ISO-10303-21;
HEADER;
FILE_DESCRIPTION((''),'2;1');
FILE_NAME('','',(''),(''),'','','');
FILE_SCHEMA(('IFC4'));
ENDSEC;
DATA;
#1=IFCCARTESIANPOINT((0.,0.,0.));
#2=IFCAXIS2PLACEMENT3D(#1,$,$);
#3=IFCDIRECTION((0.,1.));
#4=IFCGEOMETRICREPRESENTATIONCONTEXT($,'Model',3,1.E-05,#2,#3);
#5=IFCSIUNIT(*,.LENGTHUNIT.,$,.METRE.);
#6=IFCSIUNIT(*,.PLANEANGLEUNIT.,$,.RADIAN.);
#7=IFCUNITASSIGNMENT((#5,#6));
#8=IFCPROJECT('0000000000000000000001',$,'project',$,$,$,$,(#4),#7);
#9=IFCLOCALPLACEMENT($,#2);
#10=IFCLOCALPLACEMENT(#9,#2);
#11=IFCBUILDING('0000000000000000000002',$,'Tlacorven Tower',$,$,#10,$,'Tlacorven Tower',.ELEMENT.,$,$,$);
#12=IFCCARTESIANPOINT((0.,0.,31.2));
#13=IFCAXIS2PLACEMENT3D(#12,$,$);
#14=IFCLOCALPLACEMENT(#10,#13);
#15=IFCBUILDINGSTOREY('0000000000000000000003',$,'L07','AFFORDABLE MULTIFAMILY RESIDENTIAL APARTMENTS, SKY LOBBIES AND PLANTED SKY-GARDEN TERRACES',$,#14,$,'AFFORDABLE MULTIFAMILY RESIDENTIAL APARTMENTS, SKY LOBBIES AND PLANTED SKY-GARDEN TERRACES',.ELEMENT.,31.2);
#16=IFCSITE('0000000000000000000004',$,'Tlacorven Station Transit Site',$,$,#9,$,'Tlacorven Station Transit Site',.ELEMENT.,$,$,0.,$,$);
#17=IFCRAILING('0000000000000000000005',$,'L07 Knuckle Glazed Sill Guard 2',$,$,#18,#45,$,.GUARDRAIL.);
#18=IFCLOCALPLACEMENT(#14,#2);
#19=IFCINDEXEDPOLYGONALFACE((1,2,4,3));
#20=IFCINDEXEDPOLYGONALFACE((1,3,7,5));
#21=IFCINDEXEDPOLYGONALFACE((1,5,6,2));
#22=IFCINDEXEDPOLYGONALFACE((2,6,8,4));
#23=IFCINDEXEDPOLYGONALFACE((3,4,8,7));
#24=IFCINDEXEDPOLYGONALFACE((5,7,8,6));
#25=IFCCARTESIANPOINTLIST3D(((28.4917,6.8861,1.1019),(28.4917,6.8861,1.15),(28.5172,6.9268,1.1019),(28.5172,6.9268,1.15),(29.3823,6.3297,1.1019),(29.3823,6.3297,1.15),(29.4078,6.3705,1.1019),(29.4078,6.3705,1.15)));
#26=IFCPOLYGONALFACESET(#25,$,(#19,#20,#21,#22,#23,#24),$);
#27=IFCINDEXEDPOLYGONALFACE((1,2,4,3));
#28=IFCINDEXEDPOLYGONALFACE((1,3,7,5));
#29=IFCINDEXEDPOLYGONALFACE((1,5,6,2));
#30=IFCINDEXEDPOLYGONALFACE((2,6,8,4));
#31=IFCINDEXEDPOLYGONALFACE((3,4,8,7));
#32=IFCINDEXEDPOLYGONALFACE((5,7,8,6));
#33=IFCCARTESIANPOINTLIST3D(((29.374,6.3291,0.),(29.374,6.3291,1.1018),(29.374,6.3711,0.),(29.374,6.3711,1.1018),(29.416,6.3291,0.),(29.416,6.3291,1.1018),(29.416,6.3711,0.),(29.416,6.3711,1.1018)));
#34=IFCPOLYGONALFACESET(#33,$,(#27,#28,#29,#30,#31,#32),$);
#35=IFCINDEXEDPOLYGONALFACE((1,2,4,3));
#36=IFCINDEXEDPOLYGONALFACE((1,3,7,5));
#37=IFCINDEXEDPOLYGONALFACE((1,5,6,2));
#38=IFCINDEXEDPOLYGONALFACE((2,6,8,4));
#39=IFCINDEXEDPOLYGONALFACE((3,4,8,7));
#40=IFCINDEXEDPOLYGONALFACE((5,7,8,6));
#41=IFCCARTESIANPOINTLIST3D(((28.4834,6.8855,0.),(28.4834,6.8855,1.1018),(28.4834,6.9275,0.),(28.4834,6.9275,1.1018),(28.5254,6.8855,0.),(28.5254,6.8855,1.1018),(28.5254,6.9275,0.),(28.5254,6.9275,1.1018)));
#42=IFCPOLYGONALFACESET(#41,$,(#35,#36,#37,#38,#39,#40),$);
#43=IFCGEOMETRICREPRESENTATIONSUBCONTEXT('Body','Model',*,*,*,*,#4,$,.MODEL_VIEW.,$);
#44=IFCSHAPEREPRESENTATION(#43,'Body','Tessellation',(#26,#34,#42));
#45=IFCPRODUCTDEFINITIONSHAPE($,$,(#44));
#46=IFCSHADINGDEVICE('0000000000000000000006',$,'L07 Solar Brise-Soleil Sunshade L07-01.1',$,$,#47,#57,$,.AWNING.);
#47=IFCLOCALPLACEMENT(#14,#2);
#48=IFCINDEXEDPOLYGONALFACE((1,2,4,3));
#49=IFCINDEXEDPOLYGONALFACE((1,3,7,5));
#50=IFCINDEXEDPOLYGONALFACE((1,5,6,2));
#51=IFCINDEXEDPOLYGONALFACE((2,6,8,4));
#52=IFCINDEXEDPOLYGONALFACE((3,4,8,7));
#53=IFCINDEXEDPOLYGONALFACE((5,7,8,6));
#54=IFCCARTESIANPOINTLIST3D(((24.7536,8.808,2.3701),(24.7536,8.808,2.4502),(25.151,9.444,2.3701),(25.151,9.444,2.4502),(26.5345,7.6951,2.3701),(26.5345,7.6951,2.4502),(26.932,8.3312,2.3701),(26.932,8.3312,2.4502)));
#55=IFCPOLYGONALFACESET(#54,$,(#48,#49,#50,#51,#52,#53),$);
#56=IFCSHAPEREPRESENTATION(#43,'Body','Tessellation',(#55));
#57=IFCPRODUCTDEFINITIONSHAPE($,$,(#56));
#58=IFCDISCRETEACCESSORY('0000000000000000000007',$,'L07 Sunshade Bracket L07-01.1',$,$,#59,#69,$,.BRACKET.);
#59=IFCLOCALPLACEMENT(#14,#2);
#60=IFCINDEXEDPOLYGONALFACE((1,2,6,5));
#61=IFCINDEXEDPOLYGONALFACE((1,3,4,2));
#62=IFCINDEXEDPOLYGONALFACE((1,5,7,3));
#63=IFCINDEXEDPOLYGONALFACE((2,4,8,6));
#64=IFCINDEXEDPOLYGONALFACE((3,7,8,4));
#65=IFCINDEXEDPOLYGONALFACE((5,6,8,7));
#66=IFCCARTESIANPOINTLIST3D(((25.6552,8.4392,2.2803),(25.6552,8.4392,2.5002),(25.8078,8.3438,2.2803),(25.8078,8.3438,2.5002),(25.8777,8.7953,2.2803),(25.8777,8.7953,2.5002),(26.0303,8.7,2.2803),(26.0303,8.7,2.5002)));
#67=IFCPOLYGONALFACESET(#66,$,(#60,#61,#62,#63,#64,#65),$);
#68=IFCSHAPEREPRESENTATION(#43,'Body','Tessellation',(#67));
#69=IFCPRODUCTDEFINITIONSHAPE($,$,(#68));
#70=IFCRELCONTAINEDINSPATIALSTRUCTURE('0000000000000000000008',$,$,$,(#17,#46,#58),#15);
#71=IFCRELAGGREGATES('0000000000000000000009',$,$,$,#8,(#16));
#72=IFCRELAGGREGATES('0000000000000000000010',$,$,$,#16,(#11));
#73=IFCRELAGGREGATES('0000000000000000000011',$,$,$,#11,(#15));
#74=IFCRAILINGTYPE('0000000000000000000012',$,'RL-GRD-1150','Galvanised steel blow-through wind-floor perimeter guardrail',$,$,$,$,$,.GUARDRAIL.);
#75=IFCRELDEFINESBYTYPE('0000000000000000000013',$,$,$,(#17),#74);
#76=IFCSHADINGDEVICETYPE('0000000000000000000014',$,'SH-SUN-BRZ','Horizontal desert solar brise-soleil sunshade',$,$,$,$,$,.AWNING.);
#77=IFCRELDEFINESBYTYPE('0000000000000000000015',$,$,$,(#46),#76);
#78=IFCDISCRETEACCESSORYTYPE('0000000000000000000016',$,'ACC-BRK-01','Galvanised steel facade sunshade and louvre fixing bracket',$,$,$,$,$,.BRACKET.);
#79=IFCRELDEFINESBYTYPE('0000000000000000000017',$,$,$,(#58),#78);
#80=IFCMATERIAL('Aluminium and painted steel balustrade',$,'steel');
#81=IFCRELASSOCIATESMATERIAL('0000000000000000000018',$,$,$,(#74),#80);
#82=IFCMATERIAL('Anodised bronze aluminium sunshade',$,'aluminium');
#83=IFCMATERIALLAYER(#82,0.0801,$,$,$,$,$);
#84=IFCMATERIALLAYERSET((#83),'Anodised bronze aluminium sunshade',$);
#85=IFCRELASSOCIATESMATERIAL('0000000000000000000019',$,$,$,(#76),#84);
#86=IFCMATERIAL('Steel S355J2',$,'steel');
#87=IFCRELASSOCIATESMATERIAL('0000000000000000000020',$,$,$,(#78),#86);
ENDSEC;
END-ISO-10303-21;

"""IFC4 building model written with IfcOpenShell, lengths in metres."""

from ifc_helpers import new_model, si_unit, direction, frame, origin, origin_2d, place, context, subcontext, project, spatial, rectangle, extrude, source, transform, mapped, material, layer, layer_set, type_object, element, save


model = new_model("IFC4")

# Units and contexts
model_context = context("Model", 3, precision=1e-05, world=origin(), true_north=direction((0.0, 1.0)))
body_context = subcontext(model_context, "Body", "Model", "MODEL_VIEW")
ifc_project = project(units=[si_unit("LENGTHUNIT", "METRE"), si_unit("PLANEANGLEUNIT", "RADIAN")], contexts=[model_context])

# Site, building, storey
site_placement = place(None, origin())
site = spatial("IfcSite", under=ifc_project, at=site_placement, Name="Tlacorven Station Transit Site", LongName="Tlacorven Station Transit Site", CompositionType="ELEMENT", RefElevation=0.0)
building_placement = place(site_placement, origin())
building = spatial("IfcBuilding", under=site, at=building_placement, Name="Tlacorven Tower", LongName="Tlacorven Tower", CompositionType="ELEMENT")
storey_placement = place(building_placement, frame((0.0, 0.0, 31.2)))
storey = spatial("IfcBuildingStorey", under=building, at=storey_placement, Name="L07", Description="AFFORDABLE MULTIFAMILY RESIDENTIAL APARTMENTS, SKY LOBBIES AND PLANTED SKY-GARDEN TERRACES", LongName="AFFORDABLE MULTIFAMILY RESIDENTIAL APARTMENTS, SKY LOBBIES AND PLANTED SKY-GARDEN TERRACES", CompositionType="ELEMENT", Elevation=31.2)

# Shared definitions
ifc_material_1 = material(Name="Steel S355J2", Category="steel")

# Railing
ifc_material_2 = material(Name="Aluminium and painted steel balustrade", Category="steel")
railing_type = type_object("IfcRailingType", Name="RL-GRD-1150", Description="Galvanised steel blow-through wind-floor perimeter guardrail", PredefinedType="GUARDRAIL", material=ifc_material_2)
shared_shape_1 = source(origin(), body_context, "Body", "SweptSolid", [
    extrude(rectangle(XDim=0.0481, YDim=0.0481, at=origin_2d()), frame((0.0, 0.0, 1.126), z_axis=(-0.848103, 0.529832, 0.0), x_axis=(-0.529832, -0.848103, 0.0)), (0.0, 0.0, 1.0), 1.05),
    extrude(rectangle(XDim=0.042, YDim=0.042, at=origin_2d()), origin(), (0.0, 0.0, 1.0), 1.1018),
    extrude(rectangle(XDim=0.042, YDim=0.042, at=origin_2d()), frame((-0.8906, 0.5564, 0.0)), (0.0, 0.0, 1.0), 1.1018),
])
railing_placement = place(storey_placement, frame((29.395, 6.3501, 0.0)))
element("IfcRailing", 1, at=railing_placement, inside=storey, type_object=railing_type, Name="L07 Knuckle Glazed Sill Guard 2", PredefinedType="GUARDRAIL", context=body_context, shape_type="MappedRepresentation", body=[
    mapped(shared_shape_1, transform((0.0, 0.0, 0.0), scale=1.0)),
])

# Shading device
ifc_material_3 = material(Name="Anodised bronze aluminium sunshade", Category="aluminium")
ifc_layer_1 = layer(ifc_material_3, 0.0801)
ifc_layer_set_1 = layer_set([ifc_layer_1], Name="Anodised bronze aluminium sunshade")
shading_device_type = type_object("IfcShadingDeviceType", Name="SH-SUN-BRZ", Description="Horizontal desert solar brise-soleil sunshade", PredefinedType="AWNING", material=ifc_layer_set_1)
shared_shape_2 = source(origin(), body_context, "Body", "SweptSolid", [
    extrude(rectangle(XDim=2.1001, YDim=0.75, at=origin_2d()), origin(), (0.0, 0.0, 1.0), 0.0801),
])
shading_device_placement = place(storey_placement, frame((25.8428, 8.5696, 2.3701), z_axis=(0.0, 0.0, 1.0), x_axis=(-0.848048, 0.529919, 0.0)))
element("IfcShadingDevice", 2, at=shading_device_placement, inside=storey, type_object=shading_device_type, Name="L07 Solar Brise-Soleil Sunshade L07-01.1", PredefinedType="AWNING", context=body_context, shape_type="MappedRepresentation", body=[
    mapped(shared_shape_2, transform((0.0, 0.0, 0.0), scale=1.0)),
])

# Discrete accessory
discrete_accessory_type = type_object("IfcDiscreteAccessoryType", Name="ACC-BRK-01", Description="Galvanised steel facade sunshade and louvre fixing bracket", PredefinedType="BRACKET", material=ifc_material_1)
shared_shape_3 = source(origin(), body_context, "Body", "SweptSolid", [
    extrude(rectangle(XDim=0.1799, YDim=0.4199, at=origin_2d()), origin(), (0.0, 0.0, 1.0), 0.22),
])
discrete_accessory_placement = place(storey_placement, frame((25.8428, 8.5696, 2.2803), z_axis=(0.0, 0.0, 1.0), x_axis=(-0.848048, 0.529919, 0.0)))
element("IfcDiscreteAccessory", 3, at=discrete_accessory_placement, inside=storey, type_object=discrete_accessory_type, Name="L07 Sunshade Bracket L07-01.1", PredefinedType="BRACKET", context=body_context, shape_type="MappedRepresentation", body=[
    mapped(shared_shape_3, transform((0.0, 0.0, 0.0), scale=1.0)),
])

save(model, "model.ifc")
